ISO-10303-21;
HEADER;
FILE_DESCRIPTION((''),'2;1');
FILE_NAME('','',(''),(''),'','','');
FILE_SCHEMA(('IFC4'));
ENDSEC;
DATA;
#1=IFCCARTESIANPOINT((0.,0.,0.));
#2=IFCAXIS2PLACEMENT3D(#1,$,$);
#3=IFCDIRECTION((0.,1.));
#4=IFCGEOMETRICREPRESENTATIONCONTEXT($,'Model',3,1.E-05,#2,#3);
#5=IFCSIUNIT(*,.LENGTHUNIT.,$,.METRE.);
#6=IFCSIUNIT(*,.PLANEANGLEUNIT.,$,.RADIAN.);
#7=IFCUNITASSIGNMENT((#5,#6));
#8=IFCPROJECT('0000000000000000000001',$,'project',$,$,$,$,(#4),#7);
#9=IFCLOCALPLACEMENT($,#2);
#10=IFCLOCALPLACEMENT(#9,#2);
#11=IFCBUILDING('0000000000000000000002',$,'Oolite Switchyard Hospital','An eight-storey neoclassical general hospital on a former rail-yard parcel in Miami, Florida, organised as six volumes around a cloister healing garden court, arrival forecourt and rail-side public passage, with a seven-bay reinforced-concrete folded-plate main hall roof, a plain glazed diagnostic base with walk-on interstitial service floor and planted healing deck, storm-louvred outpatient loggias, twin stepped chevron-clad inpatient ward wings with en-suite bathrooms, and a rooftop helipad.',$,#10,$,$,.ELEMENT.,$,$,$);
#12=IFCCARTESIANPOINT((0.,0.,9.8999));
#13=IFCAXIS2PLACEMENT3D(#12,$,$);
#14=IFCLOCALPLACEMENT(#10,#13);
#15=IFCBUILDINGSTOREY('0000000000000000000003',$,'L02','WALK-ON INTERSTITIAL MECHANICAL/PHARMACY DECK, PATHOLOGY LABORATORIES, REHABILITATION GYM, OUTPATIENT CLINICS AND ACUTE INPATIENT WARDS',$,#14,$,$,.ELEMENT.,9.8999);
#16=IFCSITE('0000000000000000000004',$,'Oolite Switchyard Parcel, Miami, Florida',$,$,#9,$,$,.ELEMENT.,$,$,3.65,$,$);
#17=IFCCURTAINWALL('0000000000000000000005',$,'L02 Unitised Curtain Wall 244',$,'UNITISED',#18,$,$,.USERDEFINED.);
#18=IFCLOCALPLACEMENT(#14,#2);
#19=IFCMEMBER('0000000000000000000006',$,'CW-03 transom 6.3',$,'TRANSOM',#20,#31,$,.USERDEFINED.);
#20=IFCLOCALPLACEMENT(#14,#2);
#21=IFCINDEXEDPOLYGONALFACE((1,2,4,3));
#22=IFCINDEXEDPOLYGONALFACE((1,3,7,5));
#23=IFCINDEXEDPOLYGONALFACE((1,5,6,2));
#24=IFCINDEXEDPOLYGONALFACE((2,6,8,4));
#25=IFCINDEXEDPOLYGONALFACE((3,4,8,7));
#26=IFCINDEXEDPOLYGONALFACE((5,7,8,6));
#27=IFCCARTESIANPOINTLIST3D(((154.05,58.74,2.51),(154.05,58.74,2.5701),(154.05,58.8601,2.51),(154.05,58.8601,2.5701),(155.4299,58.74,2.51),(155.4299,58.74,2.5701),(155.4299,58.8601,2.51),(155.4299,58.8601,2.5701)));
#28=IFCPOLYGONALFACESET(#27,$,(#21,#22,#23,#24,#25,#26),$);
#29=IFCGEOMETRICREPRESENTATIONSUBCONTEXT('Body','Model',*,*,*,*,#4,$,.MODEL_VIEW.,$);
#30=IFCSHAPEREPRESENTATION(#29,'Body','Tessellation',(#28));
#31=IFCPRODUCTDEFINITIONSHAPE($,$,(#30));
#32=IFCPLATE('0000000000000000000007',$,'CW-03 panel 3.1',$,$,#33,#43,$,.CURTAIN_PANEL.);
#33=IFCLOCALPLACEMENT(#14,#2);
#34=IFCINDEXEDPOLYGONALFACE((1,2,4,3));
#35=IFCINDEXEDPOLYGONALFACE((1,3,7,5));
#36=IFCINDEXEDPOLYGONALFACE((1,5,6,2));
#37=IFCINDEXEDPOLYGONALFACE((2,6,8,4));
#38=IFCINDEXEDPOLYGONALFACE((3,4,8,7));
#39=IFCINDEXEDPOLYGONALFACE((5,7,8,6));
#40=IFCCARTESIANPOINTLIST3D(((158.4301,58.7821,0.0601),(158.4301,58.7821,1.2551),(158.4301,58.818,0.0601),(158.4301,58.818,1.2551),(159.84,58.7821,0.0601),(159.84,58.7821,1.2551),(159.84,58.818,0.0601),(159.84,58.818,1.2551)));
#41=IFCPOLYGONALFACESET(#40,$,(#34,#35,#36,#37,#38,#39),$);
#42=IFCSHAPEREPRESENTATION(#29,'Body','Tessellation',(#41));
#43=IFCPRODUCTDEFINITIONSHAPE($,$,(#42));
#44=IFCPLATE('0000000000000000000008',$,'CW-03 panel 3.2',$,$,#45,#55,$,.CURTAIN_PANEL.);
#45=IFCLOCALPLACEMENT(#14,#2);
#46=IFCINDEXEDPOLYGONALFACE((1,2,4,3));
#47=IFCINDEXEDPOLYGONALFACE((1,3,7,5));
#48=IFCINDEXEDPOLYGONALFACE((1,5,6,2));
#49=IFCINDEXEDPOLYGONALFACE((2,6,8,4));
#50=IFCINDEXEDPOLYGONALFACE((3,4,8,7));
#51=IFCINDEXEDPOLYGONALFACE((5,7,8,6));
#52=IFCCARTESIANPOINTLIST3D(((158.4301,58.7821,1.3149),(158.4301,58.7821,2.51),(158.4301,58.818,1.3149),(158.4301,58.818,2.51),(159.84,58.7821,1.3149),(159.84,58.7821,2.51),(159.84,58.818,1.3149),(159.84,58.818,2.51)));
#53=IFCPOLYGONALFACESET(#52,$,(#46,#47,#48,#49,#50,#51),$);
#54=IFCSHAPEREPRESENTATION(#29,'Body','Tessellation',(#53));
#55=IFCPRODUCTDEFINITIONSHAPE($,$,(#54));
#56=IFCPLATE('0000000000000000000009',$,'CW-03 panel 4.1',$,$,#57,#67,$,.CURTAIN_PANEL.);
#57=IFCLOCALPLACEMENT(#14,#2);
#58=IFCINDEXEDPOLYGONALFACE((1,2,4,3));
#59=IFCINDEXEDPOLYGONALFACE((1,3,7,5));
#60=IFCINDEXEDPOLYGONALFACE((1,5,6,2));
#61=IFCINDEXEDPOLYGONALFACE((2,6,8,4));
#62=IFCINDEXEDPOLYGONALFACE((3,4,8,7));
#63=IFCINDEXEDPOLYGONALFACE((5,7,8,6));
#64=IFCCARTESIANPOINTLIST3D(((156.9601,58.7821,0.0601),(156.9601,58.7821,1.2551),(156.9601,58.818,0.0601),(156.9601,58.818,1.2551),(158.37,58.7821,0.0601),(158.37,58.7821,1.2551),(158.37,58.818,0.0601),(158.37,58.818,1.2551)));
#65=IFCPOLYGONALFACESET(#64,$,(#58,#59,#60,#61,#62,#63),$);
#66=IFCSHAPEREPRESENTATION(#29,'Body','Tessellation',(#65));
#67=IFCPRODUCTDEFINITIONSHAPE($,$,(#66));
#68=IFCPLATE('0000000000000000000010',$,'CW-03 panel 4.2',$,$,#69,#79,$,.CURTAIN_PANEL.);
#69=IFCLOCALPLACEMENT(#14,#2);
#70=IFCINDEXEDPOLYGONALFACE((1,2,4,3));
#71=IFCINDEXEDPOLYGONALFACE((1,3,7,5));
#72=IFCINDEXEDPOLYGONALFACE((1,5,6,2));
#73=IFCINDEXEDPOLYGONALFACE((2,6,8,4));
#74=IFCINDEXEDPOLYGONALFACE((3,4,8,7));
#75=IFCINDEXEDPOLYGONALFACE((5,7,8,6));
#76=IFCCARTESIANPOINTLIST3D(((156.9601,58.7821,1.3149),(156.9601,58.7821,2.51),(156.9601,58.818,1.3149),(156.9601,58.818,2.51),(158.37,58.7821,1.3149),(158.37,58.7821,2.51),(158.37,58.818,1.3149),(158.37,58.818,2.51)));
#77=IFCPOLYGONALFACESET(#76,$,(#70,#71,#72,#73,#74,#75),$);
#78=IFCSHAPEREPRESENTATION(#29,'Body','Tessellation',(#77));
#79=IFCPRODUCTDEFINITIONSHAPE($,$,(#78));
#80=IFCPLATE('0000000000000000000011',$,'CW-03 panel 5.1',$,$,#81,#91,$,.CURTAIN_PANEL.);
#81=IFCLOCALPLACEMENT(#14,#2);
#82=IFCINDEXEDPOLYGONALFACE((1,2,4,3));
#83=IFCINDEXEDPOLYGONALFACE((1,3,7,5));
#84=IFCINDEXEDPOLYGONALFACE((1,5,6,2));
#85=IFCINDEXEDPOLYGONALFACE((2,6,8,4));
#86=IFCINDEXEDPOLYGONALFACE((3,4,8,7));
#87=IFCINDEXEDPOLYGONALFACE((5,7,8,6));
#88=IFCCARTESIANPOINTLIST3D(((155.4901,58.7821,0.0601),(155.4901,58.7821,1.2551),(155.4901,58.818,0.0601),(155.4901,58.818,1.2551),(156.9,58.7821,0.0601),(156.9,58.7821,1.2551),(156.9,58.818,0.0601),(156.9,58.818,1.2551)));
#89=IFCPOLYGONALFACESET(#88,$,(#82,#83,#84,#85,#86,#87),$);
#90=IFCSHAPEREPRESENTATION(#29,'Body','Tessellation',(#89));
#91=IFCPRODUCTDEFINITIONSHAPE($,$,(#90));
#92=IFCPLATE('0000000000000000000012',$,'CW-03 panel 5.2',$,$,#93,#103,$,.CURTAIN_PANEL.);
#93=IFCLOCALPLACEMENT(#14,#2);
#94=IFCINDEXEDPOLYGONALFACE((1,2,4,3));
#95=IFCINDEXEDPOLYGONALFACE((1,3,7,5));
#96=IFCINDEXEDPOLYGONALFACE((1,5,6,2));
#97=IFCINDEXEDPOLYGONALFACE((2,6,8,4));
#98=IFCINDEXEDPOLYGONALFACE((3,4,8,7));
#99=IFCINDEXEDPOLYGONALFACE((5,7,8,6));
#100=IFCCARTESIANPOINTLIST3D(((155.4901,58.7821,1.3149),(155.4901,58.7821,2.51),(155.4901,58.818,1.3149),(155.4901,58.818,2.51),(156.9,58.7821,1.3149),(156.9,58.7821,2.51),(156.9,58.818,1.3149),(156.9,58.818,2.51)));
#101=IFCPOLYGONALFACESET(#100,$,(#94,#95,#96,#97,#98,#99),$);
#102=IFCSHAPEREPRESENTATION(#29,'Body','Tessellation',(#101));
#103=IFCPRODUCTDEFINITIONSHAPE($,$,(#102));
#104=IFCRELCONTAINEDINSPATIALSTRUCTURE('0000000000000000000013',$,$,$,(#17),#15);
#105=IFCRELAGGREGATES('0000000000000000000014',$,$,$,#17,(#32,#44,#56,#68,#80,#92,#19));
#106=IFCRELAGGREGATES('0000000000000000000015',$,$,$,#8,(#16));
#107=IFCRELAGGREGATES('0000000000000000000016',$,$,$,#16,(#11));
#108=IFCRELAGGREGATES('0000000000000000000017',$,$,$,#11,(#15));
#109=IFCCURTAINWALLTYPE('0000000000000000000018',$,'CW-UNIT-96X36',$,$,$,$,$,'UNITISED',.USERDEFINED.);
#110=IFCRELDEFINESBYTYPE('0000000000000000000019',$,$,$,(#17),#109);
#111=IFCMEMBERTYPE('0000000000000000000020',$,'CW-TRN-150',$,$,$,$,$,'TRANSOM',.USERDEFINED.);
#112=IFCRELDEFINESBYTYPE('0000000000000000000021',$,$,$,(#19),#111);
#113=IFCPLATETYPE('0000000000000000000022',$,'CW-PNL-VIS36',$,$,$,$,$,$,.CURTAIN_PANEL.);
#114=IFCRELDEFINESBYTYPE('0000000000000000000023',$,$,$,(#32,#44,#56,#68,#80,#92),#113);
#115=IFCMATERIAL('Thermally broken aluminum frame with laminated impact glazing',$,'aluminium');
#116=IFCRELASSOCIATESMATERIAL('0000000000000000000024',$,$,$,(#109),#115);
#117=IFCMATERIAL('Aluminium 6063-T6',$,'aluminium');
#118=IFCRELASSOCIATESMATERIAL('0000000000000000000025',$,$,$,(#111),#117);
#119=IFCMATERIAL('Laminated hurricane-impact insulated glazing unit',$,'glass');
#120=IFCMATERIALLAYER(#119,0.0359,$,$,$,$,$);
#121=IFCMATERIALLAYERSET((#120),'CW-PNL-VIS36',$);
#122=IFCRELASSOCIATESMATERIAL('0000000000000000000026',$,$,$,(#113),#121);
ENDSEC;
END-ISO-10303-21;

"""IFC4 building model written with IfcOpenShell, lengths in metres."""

from ifc_helpers import new_model, si_unit, direction, frame, origin, origin_2d, place, context, subcontext, project, spatial, rectangle, extrude, material, layer, layer_set, material_profile, profile_set, type_object, element, aggregate, save


model = new_model("IFC4")

# Units and contexts
model_context = context("Model", 3, precision=1e-05, world=origin(), true_north=direction((0.0, 1.0)))
body_context = subcontext(model_context, "Body", "Model", "MODEL_VIEW")
ifc_project = project(units=[si_unit("LENGTHUNIT", "METRE"), si_unit("PLANEANGLEUNIT", "RADIAN")], contexts=[model_context])

# Site, building, storey
site_placement = place(None, origin())
site = spatial("IfcSite", under=ifc_project, at=site_placement, Name="Oolite Switchyard Parcel, Miami, Florida", CompositionType="ELEMENT", RefElevation=3.65)
building_placement = place(site_placement, origin())
building = spatial("IfcBuilding", under=site, at=building_placement, Name="Oolite Switchyard Hospital", Description="An eight-storey neoclassical general hospital on a former rail-yard parcel in Miami, Florida, organised as six volumes around a cloister healing garden court, arrival forecourt and rail-side public passage, with a seven-bay reinforced-concrete folded-plate main hall roof, a plain glazed diagnostic base with walk-on interstitial service floor and planted healing deck, storm-louvred outpatient loggias, twin stepped chevron-clad inpatient ward wings with en-suite bathrooms, and a rooftop helipad.", CompositionType="ELEMENT")
storey_placement = place(building_placement, frame((0.0, 0.0, 9.8999)))
storey = spatial("IfcBuildingStorey", under=building, at=storey_placement, Name="L02", Description="WALK-ON INTERSTITIAL MECHANICAL/PHARMACY DECK, PATHOLOGY LABORATORIES, REHABILITATION GYM, OUTPATIENT CLINICS AND ACUTE INPATIENT WARDS", CompositionType="ELEMENT", Elevation=9.8999)

# Curtain wall, member, plates
ifc_material_1 = material(Name="Thermally broken aluminum frame with laminated impact glazing", Category="aluminium")
curtain_wall_type = type_object("IfcCurtainWallType", Name="CW-UNIT-96X36", ElementType="UNITISED", PredefinedType="USERDEFINED", material=ifc_material_1)
curtain_wall_placement = place(storey_placement, origin())
curtain_wall = element("IfcCurtainWall", 1, at=curtain_wall_placement, inside=storey, type_object=curtain_wall_type, Name="L02 Unitised Curtain Wall 244", ObjectType="UNITISED", PredefinedType="USERDEFINED")
ifc_material_2 = material(Name="Aluminium 6063-T6", Category="aluminium")
ifc_material_profile_1 = material_profile(ifc_material_2, rectangle(XDim=0.1201, YDim=0.0601, at=origin_2d()), Name="CWT60X120")
ifc_profile_set_1 = profile_set([ifc_material_profile_1], Name="Aluminium 6063-T6")
member_type_1 = type_object("IfcMemberType", Name="CW-TRN-150", ElementType="TRANSOM", PredefinedType="USERDEFINED", material=ifc_profile_set_1)
member_1_placement = place(storey_placement, frame((155.4299, 58.8, 2.54), z_axis=(-1.0, 0.0, 0.0), x_axis=(0.0, -1.0, 0.0)))
member_1 = element("IfcMember", 2, at=member_1_placement, type_object=member_type_1, Name="CW-03 transom 6.3", ObjectType="TRANSOM", PredefinedType="USERDEFINED", context=body_context, shape_type="SweptSolid", body=[
    extrude(rectangle(XDim=0.1201, YDim=0.0601, at=origin_2d()), origin(), (0.0, 0.0, 1.0), 1.3799),
])
ifc_material_3 = material(Name="Laminated hurricane-impact insulated glazing unit", Category="glass")
ifc_layer = layer(ifc_material_3, 0.0359)
ifc_layer_set = layer_set([ifc_layer], Name="CW-PNL-VIS36")
plate_type = type_object("IfcPlateType", Name="CW-PNL-VIS36", PredefinedType="CURTAIN_PANEL", material=ifc_layer_set)
plate_1_placement = place(storey_placement, frame((159.135, 58.8, 0.0601), z_axis=(0.0, 0.0, 1.0), x_axis=(-1.0, 0.0, 0.0)))
plate_1 = element("IfcPlate", 3, at=plate_1_placement, type_object=plate_type, Name="CW-03 panel 3.1", PredefinedType="CURTAIN_PANEL", context=body_context, shape_type="SweptSolid", body=[
    extrude(rectangle(XDim=1.4099, YDim=0.0359, at=origin_2d()), origin(), (0.0, 0.0, 1.0), 1.1951),
])
plate_2_placement = place(storey_placement, frame((159.135, 58.8, 1.3149), z_axis=(0.0, 0.0, 1.0), x_axis=(-1.0, 0.0, 0.0)))
plate_2 = element("IfcPlate", 4, at=plate_2_placement, type_object=plate_type, Name="CW-03 panel 3.2", PredefinedType="CURTAIN_PANEL", context=body_context, shape_type="SweptSolid", body=[
    extrude(rectangle(XDim=1.4099, YDim=0.0359, at=origin_2d()), origin(), (0.0, 0.0, 1.0), 1.1951),
])
plate_3_placement = place(storey_placement, frame((157.665, 58.8, 0.0601), z_axis=(0.0, 0.0, 1.0), x_axis=(-1.0, 0.0, 0.0)))
plate_3 = element("IfcPlate", 5, at=plate_3_placement, type_object=plate_type, Name="CW-03 panel 4.1", PredefinedType="CURTAIN_PANEL", context=body_context, shape_type="SweptSolid", body=[
    extrude(rectangle(XDim=1.4099, YDim=0.0359, at=origin_2d()), origin(), (0.0, 0.0, 1.0), 1.1951),
])
plate_4_placement = place(storey_placement, frame((157.665, 58.8, 1.3149), z_axis=(0.0, 0.0, 1.0), x_axis=(-1.0, 0.0, 0.0)))
plate_4 = element("IfcPlate", 6, at=plate_4_placement, type_object=plate_type, Name="CW-03 panel 4.2", PredefinedType="CURTAIN_PANEL", context=body_context, shape_type="SweptSolid", body=[
    extrude(rectangle(XDim=1.4099, YDim=0.0359, at=origin_2d()), origin(), (0.0, 0.0, 1.0), 1.1951),
])
plate_5_placement = place(storey_placement, frame((156.1951, 58.8, 0.0601), z_axis=(0.0, 0.0, 1.0), x_axis=(-1.0, 0.0, 0.0)))
plate_5 = element("IfcPlate", 7, at=plate_5_placement, type_object=plate_type, Name="CW-03 panel 5.1", PredefinedType="CURTAIN_PANEL", context=body_context, shape_type="SweptSolid", body=[
    extrude(rectangle(XDim=1.4099, YDim=0.0359, at=origin_2d()), origin(), (0.0, 0.0, 1.0), 1.1951),
])
plate_6_placement = place(storey_placement, frame((156.1951, 58.8, 1.3149), z_axis=(0.0, 0.0, 1.0), x_axis=(-1.0, 0.0, 0.0)))
plate_6 = element("IfcPlate", 8, at=plate_6_placement, type_object=plate_type, Name="CW-03 panel 5.2", PredefinedType="CURTAIN_PANEL", context=body_context, shape_type="SweptSolid", body=[
    extrude(rectangle(XDim=1.4099, YDim=0.0359, at=origin_2d()), origin(), (0.0, 0.0, 1.0), 1.1951),
])
aggregate(curtain_wall, [plate_1, plate_2, plate_3, plate_4, plate_5, plate_6, member_1])

save(model, "model.ifc")
